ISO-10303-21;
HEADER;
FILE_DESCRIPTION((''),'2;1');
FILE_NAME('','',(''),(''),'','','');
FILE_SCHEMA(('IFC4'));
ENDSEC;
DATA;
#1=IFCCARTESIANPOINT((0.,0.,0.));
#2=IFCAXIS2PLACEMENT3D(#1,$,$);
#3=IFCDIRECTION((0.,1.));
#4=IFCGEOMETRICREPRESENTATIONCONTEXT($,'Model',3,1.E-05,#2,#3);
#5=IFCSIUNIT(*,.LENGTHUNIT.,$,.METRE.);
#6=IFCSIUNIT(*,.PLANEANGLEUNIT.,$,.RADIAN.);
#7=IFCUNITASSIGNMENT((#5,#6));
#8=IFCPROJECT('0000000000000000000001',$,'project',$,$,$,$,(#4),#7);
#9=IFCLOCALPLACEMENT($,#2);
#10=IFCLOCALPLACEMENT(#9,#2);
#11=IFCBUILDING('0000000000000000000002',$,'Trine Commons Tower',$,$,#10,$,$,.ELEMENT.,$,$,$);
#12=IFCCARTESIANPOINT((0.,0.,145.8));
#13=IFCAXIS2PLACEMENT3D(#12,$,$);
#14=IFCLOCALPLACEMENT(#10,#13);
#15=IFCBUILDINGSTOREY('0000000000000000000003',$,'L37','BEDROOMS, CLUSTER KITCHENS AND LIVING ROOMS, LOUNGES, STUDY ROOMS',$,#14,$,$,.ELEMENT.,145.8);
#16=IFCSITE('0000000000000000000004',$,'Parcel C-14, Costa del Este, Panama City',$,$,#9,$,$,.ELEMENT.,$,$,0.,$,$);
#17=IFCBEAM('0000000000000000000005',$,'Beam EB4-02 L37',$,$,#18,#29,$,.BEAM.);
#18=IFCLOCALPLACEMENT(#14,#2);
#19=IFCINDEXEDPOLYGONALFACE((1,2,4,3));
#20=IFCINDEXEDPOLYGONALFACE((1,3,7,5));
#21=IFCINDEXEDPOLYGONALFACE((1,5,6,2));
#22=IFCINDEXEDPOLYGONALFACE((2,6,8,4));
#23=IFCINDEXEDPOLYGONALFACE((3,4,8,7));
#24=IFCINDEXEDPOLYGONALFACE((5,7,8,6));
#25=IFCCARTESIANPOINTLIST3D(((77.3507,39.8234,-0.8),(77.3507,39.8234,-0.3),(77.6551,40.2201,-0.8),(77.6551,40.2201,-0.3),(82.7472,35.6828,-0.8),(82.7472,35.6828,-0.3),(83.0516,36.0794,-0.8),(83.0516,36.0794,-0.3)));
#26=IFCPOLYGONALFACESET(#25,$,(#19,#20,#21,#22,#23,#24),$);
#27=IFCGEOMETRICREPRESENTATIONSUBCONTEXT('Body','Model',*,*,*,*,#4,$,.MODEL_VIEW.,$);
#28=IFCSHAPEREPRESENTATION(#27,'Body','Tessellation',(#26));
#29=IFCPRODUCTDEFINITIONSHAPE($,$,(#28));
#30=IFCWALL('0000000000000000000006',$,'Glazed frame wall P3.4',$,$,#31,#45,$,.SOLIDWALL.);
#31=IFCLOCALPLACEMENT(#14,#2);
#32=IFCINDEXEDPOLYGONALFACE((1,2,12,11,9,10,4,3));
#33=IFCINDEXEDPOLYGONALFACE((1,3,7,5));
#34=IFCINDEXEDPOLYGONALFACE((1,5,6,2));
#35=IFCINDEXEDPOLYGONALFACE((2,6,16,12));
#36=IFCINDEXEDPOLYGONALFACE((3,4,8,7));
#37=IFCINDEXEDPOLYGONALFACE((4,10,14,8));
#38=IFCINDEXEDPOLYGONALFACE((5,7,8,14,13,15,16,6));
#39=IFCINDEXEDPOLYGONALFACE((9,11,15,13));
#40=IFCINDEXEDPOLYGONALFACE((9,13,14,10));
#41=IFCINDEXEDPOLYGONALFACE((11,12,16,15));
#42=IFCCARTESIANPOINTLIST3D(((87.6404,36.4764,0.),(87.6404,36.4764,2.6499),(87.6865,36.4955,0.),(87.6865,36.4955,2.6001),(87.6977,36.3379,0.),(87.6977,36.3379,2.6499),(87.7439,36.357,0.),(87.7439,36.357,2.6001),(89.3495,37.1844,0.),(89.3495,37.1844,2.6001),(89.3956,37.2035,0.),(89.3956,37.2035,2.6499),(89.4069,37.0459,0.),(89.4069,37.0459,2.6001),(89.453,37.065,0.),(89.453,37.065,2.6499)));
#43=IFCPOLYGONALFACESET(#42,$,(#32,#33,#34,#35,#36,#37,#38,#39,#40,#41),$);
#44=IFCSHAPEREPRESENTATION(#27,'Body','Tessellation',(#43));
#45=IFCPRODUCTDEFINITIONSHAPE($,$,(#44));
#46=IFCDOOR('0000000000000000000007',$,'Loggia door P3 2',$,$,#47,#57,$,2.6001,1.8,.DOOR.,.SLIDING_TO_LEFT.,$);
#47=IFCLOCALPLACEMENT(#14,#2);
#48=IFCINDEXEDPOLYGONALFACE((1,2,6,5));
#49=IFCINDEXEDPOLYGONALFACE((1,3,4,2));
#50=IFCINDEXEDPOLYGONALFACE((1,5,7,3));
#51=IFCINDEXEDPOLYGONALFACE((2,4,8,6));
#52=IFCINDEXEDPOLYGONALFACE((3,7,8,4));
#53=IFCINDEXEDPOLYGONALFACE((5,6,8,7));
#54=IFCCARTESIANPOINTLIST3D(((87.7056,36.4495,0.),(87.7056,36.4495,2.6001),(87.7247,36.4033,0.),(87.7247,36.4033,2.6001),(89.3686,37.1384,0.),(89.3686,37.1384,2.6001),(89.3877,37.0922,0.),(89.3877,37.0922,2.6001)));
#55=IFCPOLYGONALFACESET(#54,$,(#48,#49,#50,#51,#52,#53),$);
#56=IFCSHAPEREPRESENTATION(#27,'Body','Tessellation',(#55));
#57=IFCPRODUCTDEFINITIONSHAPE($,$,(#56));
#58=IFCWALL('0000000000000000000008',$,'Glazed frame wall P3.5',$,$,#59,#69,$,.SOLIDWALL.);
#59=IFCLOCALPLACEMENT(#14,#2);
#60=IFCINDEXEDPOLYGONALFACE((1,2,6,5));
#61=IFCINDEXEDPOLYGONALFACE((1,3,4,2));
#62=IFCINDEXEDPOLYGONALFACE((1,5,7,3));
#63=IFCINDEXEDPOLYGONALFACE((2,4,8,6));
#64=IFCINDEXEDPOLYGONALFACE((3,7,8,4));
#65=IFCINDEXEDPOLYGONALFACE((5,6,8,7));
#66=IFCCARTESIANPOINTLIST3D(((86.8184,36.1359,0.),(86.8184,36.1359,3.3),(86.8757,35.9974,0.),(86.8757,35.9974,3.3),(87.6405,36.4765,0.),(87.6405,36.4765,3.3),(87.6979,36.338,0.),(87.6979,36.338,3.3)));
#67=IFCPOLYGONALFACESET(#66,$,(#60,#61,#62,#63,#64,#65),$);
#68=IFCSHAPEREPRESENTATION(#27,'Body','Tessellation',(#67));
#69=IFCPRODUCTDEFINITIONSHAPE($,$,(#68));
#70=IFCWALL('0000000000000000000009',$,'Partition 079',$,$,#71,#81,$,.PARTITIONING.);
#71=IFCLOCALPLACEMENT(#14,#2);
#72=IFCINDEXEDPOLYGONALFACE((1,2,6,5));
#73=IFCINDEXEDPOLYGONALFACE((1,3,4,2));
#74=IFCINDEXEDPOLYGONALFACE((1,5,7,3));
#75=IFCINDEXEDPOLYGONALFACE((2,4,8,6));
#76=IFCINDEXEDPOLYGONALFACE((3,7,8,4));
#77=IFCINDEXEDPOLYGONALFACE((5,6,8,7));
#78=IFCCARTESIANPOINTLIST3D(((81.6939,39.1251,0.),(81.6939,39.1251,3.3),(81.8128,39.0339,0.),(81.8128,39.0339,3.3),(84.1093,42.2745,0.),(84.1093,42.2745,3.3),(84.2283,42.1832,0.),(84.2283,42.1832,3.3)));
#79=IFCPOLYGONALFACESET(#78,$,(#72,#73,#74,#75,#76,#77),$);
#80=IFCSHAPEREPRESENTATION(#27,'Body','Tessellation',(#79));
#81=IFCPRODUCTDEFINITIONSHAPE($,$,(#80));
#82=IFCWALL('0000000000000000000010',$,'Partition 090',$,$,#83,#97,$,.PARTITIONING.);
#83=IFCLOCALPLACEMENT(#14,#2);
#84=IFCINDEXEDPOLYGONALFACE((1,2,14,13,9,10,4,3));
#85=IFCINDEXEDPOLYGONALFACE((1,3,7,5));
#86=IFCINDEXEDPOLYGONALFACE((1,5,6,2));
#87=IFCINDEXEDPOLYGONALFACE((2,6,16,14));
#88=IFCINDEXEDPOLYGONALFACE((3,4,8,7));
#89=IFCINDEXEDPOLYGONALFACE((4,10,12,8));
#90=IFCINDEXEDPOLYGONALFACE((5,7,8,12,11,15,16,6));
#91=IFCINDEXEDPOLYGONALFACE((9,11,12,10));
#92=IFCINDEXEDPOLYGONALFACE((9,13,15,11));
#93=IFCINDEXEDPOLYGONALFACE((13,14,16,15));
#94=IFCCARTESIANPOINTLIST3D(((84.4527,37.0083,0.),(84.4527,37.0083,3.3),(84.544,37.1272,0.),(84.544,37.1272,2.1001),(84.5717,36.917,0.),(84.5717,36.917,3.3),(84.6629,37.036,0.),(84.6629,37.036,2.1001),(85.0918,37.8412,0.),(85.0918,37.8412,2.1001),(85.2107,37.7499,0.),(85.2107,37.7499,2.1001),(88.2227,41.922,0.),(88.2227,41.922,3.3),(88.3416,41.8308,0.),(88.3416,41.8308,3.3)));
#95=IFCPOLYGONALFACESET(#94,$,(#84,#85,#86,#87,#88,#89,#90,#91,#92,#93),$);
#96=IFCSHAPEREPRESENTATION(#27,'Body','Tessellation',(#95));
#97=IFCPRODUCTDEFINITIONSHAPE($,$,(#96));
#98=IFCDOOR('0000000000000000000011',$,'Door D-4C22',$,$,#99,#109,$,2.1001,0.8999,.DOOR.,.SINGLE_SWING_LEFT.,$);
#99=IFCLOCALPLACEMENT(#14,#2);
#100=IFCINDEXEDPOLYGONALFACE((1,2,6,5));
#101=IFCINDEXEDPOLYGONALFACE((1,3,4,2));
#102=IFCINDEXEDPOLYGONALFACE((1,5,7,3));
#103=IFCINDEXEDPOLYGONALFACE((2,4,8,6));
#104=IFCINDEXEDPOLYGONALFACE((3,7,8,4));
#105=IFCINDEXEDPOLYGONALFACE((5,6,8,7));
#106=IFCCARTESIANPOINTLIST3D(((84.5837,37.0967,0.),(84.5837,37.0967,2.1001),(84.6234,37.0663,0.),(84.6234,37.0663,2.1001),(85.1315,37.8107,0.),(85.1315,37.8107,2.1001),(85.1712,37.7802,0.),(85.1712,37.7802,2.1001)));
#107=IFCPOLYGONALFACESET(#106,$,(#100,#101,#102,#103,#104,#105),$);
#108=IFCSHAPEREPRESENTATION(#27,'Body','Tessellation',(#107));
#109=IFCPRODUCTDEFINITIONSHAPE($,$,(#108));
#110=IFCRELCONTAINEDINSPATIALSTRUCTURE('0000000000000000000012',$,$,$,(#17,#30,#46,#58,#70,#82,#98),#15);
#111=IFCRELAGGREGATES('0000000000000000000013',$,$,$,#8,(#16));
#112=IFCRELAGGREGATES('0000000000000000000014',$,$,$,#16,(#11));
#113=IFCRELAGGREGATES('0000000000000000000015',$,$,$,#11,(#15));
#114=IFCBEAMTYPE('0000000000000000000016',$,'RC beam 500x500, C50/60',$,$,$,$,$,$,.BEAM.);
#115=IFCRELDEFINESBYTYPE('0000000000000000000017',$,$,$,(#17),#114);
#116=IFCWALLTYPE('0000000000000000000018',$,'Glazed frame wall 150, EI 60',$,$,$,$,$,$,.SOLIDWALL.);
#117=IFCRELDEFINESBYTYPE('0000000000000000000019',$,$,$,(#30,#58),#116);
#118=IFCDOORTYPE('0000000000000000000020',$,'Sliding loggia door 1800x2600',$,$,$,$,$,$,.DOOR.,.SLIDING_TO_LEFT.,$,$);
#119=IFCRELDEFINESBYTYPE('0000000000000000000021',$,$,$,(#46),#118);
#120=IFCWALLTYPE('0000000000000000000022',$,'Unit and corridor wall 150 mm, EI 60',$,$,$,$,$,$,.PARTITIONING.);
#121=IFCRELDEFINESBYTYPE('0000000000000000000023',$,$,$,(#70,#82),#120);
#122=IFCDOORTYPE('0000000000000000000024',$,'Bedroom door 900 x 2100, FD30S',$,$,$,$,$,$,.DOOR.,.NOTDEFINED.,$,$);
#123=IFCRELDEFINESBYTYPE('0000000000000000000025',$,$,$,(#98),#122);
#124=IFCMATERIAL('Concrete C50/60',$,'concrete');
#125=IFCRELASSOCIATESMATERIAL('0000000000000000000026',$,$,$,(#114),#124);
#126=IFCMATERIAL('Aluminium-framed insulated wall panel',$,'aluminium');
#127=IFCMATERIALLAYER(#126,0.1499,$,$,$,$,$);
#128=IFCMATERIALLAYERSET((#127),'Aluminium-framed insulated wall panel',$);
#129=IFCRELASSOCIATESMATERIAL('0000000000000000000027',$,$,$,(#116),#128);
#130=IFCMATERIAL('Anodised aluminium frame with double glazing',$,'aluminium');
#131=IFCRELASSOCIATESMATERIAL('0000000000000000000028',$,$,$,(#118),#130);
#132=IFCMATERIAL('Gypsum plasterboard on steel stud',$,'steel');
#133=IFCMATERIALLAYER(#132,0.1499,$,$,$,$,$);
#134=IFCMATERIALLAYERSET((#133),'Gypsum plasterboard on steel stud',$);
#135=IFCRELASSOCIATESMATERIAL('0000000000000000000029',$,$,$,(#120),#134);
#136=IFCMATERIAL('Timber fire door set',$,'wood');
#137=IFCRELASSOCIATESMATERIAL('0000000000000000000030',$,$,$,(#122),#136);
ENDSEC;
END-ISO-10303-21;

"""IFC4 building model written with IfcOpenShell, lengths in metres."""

from ifc_helpers import new_model, si_unit, direction, frame, frame_2d, origin, origin_2d, place, context, subcontext, project, spatial, polyline, rectangle, outline, extrude, material, layer, layer_set, material_profile, profile_set, type_object, element, fill, save


model = new_model("IFC4")

# Units and contexts
model_context = context("Model", 3, precision=1e-05, world=origin(), true_north=direction((0.0, 1.0)))
body_context = subcontext(model_context, "Body", "Model", "MODEL_VIEW")
ifc_project = project(units=[si_unit("LENGTHUNIT", "METRE"), si_unit("PLANEANGLEUNIT", "RADIAN")], contexts=[model_context])

# Site, building, storey
site_placement = place(None, origin())
site = spatial("IfcSite", under=ifc_project, at=site_placement, Name="Parcel C-14, Costa del Este, Panama City", CompositionType="ELEMENT", RefElevation=0.0)
building_placement = place(site_placement, origin())
building = spatial("IfcBuilding", under=site, at=building_placement, Name="Trine Commons Tower", CompositionType="ELEMENT")
storey_placement = place(building_placement, frame((0.0, 0.0, 145.8)))
storey = spatial("IfcBuildingStorey", under=building, at=storey_placement, Name="L37", Description="BEDROOMS, CLUSTER KITCHENS AND LIVING ROOMS, LOUNGES, STUDY ROOMS", CompositionType="ELEMENT", Elevation=145.8)

# Beam
ifc_material_1 = material(Name="Concrete C50/60", Category="concrete")
ifc_material_profile = material_profile(ifc_material_1, rectangle(XDim=0.5, YDim=0.5, at=origin_2d()), Name="RC 500x500")
ifc_profile_set = profile_set([ifc_material_profile], Name="Concrete C50/60")
beam_type = type_object("IfcBeamType", Name="RC beam 500x500, C50/60", PredefinedType="BEAM", material=ifc_profile_set)
beam_placement = place(storey_placement, frame((82.8994, 35.8811, -0.55), z_axis=(-0.793371, 0.608739, 0.0), x_axis=(-0.608739, -0.793371, 0.0)))
element("IfcBeam", 1, at=beam_placement, inside=storey, type_object=beam_type, Name="Beam EB4-02 L37", PredefinedType="BEAM", context=body_context, shape_type="SweptSolid", body=[
    extrude(rectangle(XDim=0.5, YDim=0.5, at=origin_2d()), origin(), (0.0, 0.0, 1.0), 6.802),
])

# Wall, opening, door
ifc_material_2 = material(Name="Aluminium-framed insulated wall panel", Category="aluminium")
ifc_layer_1 = layer(ifc_material_2, 0.1499)
ifc_layer_set_1 = layer_set([ifc_layer_1], Name="Aluminium-framed insulated wall panel")
wall_type_1 = type_object("IfcWallType", Name="Glazed frame wall 150, EI 60", PredefinedType="SOLIDWALL", material=ifc_layer_set_1)
wall_1_placement = place(storey_placement, frame((89.4243, 37.1343, 0.0), z_axis=(0.0, 0.0, 1.0), x_axis=(-0.92387, -0.382707, 0.0)))
wall_1 = element("IfcWall", 2, at=wall_1_placement, inside=storey, type_object=wall_type_1, Name="Glazed frame wall P3.4", PredefinedType="SOLIDWALL", context=body_context, shape_type="SweptSolid", body=[
    extrude(outline(polyline([(0.0, -0.075), (1.8999, -0.075), (1.8999, 0.075), (0.0, 0.075), (0.0, -0.075)])), origin(), (0.0, 0.0, 1.0), 2.6499),
])
opening_1_placement = place(wall_1_placement, frame((0.05, 0.0, 0.0)))
opening_1 = element("IfcOpeningElement", 3, at=opening_1_placement, cuts=wall_1, PredefinedType="OPENING", context=body_context, shape_type="SweptSolid", body=[
    extrude(rectangle(XDim=1.8, YDim=2.6001, at=frame_2d((0.8999, 1.3))), frame((0.0, 0.085, 0.0), z_axis=(0.0, -1.0, 0.0), x_axis=(1.0, 0.0, 0.0)), (0.0, 0.0, 1.0), 0.1699),
])
ifc_material_3 = material(Name="Anodised aluminium frame with double glazing", Category="aluminium")
door_type_1 = type_object("IfcDoorType", Name="Sliding loggia door 1800x2600", OperationType="SLIDING_TO_LEFT", PredefinedType="DOOR", material=ifc_material_3)
door_1_placement = place(opening_1_placement, origin())
door_1 = element("IfcDoor", 4, at=door_1_placement, inside=storey, type_object=door_type_1, Name="Loggia door P3 2", OperationType="SLIDING_TO_LEFT", OverallHeight=2.6001, OverallWidth=1.8, PredefinedType="DOOR", context=body_context, shape_type="SweptSolid", body=[
    extrude(rectangle(XDim=1.8, YDim=2.6001, at=frame_2d((0.8999, 1.3))), frame((0.0, 0.0249, 0.0), z_axis=(0.0, -1.0, 0.0), x_axis=(1.0, 0.0, 0.0)), (0.0, 0.0, 1.0), 0.05),
])
fill(opening_1, door_1)

# Walls
wall_2_placement = place(storey_placement, frame((87.6692, 36.4072, 0.0), z_axis=(0.0, 0.0, 1.0), x_axis=(-0.923862, -0.382725, 0.0)))
element("IfcWall", 5, at=wall_2_placement, inside=storey, type_object=wall_type_1, Name="Glazed frame wall P3.5", PredefinedType="SOLIDWALL", context=body_context, shape_type="SweptSolid", body=[
    extrude(outline(polyline([(0.8899, 0.075), (0.0, 0.075), (0.0, -0.075), (0.8899, -0.075), (0.8899, 0.075)])), origin(), (0.0, 0.0, 1.0), 3.3),
])
ifc_material_4 = material(Name="Gypsum plasterboard on steel stud", Category="steel")
ifc_layer_2 = layer(ifc_material_4, 0.1499)
ifc_layer_set_2 = layer_set([ifc_layer_2], Name="Gypsum plasterboard on steel stud")
wall_type_2 = type_object("IfcWallType", Name="Unit and corridor wall 150 mm, EI 60", PredefinedType="PARTITIONING", material=ifc_layer_set_2)
wall_3_placement = place(storey_placement, frame((81.7534, 39.0796, 0.0), z_axis=(0.0, 0.0, 1.0), x_axis=(0.608586, 0.793488, 0.0)))
element("IfcWall", 6, at=wall_3_placement, inside=storey, type_object=wall_type_2, Name="Partition 079", PredefinedType="PARTITIONING", context=body_context, shape_type="SweptSolid", body=[
    extrude(rectangle(XDim=3.969, YDim=0.1499, at=frame_2d((1.9844, 0.0))), origin(), (0.0, 0.0, 1.0), 3.3),
])

# Wall, opening, door
wall_4_placement = place(storey_placement, frame((84.5122, 36.9626, 0.0), z_axis=(0.0, 0.0, 1.0), x_axis=(0.608712, 0.793391, 0.0)))
wall_4 = element("IfcWall", 7, at=wall_4_placement, inside=storey, type_object=wall_type_2, Name="Partition 090", PredefinedType="PARTITIONING", context=body_context, shape_type="SweptSolid", body=[
    extrude(rectangle(XDim=6.1934, YDim=0.1499, at=frame_2d((3.0967, 0.0))), origin(), (0.0, 0.0, 1.0), 3.3),
])
opening_2_placement = place(wall_4_placement, frame((0.1499, 0.0, 0.0)))
opening_2 = element("IfcOpeningElement", 8, at=opening_2_placement, cuts=wall_4, PredefinedType="OPENING", context=body_context, shape_type="SweptSolid", body=[
    extrude(rectangle(XDim=0.8999, YDim=2.1001, at=frame_2d((0.45, 1.05))), frame((0.0, 0.085, 0.0), z_axis=(0.0, -1.0, 0.0), x_axis=(1.0, 0.0, 0.0)), (0.0, 0.0, 1.0), 0.1699),
])
ifc_material_5 = material(Name="Timber fire door set", Category="wood")
door_type_2 = type_object("IfcDoorType", Name="Bedroom door 900 x 2100, FD30S", OperationType="NOTDEFINED", PredefinedType="DOOR", material=ifc_material_5)
door_2_placement = place(opening_2_placement, origin())
door_2 = element("IfcDoor", 9, at=door_2_placement, inside=storey, type_object=door_type_2, Name="Door D-4C22", OperationType="SINGLE_SWING_LEFT", OverallHeight=2.1001, OverallWidth=0.8999, PredefinedType="DOOR", context=body_context, shape_type="SweptSolid", body=[
    extrude(rectangle(XDim=0.8999, YDim=2.1001, at=frame_2d((0.45, 1.05))), frame((0.0, 0.0249, 0.0), z_axis=(0.0, -1.0, 0.0), x_axis=(1.0, 0.0, 0.0)), (0.0, 0.0, 1.0), 0.05),
])
fill(opening_2, door_2)

save(model, "model.ifc")
